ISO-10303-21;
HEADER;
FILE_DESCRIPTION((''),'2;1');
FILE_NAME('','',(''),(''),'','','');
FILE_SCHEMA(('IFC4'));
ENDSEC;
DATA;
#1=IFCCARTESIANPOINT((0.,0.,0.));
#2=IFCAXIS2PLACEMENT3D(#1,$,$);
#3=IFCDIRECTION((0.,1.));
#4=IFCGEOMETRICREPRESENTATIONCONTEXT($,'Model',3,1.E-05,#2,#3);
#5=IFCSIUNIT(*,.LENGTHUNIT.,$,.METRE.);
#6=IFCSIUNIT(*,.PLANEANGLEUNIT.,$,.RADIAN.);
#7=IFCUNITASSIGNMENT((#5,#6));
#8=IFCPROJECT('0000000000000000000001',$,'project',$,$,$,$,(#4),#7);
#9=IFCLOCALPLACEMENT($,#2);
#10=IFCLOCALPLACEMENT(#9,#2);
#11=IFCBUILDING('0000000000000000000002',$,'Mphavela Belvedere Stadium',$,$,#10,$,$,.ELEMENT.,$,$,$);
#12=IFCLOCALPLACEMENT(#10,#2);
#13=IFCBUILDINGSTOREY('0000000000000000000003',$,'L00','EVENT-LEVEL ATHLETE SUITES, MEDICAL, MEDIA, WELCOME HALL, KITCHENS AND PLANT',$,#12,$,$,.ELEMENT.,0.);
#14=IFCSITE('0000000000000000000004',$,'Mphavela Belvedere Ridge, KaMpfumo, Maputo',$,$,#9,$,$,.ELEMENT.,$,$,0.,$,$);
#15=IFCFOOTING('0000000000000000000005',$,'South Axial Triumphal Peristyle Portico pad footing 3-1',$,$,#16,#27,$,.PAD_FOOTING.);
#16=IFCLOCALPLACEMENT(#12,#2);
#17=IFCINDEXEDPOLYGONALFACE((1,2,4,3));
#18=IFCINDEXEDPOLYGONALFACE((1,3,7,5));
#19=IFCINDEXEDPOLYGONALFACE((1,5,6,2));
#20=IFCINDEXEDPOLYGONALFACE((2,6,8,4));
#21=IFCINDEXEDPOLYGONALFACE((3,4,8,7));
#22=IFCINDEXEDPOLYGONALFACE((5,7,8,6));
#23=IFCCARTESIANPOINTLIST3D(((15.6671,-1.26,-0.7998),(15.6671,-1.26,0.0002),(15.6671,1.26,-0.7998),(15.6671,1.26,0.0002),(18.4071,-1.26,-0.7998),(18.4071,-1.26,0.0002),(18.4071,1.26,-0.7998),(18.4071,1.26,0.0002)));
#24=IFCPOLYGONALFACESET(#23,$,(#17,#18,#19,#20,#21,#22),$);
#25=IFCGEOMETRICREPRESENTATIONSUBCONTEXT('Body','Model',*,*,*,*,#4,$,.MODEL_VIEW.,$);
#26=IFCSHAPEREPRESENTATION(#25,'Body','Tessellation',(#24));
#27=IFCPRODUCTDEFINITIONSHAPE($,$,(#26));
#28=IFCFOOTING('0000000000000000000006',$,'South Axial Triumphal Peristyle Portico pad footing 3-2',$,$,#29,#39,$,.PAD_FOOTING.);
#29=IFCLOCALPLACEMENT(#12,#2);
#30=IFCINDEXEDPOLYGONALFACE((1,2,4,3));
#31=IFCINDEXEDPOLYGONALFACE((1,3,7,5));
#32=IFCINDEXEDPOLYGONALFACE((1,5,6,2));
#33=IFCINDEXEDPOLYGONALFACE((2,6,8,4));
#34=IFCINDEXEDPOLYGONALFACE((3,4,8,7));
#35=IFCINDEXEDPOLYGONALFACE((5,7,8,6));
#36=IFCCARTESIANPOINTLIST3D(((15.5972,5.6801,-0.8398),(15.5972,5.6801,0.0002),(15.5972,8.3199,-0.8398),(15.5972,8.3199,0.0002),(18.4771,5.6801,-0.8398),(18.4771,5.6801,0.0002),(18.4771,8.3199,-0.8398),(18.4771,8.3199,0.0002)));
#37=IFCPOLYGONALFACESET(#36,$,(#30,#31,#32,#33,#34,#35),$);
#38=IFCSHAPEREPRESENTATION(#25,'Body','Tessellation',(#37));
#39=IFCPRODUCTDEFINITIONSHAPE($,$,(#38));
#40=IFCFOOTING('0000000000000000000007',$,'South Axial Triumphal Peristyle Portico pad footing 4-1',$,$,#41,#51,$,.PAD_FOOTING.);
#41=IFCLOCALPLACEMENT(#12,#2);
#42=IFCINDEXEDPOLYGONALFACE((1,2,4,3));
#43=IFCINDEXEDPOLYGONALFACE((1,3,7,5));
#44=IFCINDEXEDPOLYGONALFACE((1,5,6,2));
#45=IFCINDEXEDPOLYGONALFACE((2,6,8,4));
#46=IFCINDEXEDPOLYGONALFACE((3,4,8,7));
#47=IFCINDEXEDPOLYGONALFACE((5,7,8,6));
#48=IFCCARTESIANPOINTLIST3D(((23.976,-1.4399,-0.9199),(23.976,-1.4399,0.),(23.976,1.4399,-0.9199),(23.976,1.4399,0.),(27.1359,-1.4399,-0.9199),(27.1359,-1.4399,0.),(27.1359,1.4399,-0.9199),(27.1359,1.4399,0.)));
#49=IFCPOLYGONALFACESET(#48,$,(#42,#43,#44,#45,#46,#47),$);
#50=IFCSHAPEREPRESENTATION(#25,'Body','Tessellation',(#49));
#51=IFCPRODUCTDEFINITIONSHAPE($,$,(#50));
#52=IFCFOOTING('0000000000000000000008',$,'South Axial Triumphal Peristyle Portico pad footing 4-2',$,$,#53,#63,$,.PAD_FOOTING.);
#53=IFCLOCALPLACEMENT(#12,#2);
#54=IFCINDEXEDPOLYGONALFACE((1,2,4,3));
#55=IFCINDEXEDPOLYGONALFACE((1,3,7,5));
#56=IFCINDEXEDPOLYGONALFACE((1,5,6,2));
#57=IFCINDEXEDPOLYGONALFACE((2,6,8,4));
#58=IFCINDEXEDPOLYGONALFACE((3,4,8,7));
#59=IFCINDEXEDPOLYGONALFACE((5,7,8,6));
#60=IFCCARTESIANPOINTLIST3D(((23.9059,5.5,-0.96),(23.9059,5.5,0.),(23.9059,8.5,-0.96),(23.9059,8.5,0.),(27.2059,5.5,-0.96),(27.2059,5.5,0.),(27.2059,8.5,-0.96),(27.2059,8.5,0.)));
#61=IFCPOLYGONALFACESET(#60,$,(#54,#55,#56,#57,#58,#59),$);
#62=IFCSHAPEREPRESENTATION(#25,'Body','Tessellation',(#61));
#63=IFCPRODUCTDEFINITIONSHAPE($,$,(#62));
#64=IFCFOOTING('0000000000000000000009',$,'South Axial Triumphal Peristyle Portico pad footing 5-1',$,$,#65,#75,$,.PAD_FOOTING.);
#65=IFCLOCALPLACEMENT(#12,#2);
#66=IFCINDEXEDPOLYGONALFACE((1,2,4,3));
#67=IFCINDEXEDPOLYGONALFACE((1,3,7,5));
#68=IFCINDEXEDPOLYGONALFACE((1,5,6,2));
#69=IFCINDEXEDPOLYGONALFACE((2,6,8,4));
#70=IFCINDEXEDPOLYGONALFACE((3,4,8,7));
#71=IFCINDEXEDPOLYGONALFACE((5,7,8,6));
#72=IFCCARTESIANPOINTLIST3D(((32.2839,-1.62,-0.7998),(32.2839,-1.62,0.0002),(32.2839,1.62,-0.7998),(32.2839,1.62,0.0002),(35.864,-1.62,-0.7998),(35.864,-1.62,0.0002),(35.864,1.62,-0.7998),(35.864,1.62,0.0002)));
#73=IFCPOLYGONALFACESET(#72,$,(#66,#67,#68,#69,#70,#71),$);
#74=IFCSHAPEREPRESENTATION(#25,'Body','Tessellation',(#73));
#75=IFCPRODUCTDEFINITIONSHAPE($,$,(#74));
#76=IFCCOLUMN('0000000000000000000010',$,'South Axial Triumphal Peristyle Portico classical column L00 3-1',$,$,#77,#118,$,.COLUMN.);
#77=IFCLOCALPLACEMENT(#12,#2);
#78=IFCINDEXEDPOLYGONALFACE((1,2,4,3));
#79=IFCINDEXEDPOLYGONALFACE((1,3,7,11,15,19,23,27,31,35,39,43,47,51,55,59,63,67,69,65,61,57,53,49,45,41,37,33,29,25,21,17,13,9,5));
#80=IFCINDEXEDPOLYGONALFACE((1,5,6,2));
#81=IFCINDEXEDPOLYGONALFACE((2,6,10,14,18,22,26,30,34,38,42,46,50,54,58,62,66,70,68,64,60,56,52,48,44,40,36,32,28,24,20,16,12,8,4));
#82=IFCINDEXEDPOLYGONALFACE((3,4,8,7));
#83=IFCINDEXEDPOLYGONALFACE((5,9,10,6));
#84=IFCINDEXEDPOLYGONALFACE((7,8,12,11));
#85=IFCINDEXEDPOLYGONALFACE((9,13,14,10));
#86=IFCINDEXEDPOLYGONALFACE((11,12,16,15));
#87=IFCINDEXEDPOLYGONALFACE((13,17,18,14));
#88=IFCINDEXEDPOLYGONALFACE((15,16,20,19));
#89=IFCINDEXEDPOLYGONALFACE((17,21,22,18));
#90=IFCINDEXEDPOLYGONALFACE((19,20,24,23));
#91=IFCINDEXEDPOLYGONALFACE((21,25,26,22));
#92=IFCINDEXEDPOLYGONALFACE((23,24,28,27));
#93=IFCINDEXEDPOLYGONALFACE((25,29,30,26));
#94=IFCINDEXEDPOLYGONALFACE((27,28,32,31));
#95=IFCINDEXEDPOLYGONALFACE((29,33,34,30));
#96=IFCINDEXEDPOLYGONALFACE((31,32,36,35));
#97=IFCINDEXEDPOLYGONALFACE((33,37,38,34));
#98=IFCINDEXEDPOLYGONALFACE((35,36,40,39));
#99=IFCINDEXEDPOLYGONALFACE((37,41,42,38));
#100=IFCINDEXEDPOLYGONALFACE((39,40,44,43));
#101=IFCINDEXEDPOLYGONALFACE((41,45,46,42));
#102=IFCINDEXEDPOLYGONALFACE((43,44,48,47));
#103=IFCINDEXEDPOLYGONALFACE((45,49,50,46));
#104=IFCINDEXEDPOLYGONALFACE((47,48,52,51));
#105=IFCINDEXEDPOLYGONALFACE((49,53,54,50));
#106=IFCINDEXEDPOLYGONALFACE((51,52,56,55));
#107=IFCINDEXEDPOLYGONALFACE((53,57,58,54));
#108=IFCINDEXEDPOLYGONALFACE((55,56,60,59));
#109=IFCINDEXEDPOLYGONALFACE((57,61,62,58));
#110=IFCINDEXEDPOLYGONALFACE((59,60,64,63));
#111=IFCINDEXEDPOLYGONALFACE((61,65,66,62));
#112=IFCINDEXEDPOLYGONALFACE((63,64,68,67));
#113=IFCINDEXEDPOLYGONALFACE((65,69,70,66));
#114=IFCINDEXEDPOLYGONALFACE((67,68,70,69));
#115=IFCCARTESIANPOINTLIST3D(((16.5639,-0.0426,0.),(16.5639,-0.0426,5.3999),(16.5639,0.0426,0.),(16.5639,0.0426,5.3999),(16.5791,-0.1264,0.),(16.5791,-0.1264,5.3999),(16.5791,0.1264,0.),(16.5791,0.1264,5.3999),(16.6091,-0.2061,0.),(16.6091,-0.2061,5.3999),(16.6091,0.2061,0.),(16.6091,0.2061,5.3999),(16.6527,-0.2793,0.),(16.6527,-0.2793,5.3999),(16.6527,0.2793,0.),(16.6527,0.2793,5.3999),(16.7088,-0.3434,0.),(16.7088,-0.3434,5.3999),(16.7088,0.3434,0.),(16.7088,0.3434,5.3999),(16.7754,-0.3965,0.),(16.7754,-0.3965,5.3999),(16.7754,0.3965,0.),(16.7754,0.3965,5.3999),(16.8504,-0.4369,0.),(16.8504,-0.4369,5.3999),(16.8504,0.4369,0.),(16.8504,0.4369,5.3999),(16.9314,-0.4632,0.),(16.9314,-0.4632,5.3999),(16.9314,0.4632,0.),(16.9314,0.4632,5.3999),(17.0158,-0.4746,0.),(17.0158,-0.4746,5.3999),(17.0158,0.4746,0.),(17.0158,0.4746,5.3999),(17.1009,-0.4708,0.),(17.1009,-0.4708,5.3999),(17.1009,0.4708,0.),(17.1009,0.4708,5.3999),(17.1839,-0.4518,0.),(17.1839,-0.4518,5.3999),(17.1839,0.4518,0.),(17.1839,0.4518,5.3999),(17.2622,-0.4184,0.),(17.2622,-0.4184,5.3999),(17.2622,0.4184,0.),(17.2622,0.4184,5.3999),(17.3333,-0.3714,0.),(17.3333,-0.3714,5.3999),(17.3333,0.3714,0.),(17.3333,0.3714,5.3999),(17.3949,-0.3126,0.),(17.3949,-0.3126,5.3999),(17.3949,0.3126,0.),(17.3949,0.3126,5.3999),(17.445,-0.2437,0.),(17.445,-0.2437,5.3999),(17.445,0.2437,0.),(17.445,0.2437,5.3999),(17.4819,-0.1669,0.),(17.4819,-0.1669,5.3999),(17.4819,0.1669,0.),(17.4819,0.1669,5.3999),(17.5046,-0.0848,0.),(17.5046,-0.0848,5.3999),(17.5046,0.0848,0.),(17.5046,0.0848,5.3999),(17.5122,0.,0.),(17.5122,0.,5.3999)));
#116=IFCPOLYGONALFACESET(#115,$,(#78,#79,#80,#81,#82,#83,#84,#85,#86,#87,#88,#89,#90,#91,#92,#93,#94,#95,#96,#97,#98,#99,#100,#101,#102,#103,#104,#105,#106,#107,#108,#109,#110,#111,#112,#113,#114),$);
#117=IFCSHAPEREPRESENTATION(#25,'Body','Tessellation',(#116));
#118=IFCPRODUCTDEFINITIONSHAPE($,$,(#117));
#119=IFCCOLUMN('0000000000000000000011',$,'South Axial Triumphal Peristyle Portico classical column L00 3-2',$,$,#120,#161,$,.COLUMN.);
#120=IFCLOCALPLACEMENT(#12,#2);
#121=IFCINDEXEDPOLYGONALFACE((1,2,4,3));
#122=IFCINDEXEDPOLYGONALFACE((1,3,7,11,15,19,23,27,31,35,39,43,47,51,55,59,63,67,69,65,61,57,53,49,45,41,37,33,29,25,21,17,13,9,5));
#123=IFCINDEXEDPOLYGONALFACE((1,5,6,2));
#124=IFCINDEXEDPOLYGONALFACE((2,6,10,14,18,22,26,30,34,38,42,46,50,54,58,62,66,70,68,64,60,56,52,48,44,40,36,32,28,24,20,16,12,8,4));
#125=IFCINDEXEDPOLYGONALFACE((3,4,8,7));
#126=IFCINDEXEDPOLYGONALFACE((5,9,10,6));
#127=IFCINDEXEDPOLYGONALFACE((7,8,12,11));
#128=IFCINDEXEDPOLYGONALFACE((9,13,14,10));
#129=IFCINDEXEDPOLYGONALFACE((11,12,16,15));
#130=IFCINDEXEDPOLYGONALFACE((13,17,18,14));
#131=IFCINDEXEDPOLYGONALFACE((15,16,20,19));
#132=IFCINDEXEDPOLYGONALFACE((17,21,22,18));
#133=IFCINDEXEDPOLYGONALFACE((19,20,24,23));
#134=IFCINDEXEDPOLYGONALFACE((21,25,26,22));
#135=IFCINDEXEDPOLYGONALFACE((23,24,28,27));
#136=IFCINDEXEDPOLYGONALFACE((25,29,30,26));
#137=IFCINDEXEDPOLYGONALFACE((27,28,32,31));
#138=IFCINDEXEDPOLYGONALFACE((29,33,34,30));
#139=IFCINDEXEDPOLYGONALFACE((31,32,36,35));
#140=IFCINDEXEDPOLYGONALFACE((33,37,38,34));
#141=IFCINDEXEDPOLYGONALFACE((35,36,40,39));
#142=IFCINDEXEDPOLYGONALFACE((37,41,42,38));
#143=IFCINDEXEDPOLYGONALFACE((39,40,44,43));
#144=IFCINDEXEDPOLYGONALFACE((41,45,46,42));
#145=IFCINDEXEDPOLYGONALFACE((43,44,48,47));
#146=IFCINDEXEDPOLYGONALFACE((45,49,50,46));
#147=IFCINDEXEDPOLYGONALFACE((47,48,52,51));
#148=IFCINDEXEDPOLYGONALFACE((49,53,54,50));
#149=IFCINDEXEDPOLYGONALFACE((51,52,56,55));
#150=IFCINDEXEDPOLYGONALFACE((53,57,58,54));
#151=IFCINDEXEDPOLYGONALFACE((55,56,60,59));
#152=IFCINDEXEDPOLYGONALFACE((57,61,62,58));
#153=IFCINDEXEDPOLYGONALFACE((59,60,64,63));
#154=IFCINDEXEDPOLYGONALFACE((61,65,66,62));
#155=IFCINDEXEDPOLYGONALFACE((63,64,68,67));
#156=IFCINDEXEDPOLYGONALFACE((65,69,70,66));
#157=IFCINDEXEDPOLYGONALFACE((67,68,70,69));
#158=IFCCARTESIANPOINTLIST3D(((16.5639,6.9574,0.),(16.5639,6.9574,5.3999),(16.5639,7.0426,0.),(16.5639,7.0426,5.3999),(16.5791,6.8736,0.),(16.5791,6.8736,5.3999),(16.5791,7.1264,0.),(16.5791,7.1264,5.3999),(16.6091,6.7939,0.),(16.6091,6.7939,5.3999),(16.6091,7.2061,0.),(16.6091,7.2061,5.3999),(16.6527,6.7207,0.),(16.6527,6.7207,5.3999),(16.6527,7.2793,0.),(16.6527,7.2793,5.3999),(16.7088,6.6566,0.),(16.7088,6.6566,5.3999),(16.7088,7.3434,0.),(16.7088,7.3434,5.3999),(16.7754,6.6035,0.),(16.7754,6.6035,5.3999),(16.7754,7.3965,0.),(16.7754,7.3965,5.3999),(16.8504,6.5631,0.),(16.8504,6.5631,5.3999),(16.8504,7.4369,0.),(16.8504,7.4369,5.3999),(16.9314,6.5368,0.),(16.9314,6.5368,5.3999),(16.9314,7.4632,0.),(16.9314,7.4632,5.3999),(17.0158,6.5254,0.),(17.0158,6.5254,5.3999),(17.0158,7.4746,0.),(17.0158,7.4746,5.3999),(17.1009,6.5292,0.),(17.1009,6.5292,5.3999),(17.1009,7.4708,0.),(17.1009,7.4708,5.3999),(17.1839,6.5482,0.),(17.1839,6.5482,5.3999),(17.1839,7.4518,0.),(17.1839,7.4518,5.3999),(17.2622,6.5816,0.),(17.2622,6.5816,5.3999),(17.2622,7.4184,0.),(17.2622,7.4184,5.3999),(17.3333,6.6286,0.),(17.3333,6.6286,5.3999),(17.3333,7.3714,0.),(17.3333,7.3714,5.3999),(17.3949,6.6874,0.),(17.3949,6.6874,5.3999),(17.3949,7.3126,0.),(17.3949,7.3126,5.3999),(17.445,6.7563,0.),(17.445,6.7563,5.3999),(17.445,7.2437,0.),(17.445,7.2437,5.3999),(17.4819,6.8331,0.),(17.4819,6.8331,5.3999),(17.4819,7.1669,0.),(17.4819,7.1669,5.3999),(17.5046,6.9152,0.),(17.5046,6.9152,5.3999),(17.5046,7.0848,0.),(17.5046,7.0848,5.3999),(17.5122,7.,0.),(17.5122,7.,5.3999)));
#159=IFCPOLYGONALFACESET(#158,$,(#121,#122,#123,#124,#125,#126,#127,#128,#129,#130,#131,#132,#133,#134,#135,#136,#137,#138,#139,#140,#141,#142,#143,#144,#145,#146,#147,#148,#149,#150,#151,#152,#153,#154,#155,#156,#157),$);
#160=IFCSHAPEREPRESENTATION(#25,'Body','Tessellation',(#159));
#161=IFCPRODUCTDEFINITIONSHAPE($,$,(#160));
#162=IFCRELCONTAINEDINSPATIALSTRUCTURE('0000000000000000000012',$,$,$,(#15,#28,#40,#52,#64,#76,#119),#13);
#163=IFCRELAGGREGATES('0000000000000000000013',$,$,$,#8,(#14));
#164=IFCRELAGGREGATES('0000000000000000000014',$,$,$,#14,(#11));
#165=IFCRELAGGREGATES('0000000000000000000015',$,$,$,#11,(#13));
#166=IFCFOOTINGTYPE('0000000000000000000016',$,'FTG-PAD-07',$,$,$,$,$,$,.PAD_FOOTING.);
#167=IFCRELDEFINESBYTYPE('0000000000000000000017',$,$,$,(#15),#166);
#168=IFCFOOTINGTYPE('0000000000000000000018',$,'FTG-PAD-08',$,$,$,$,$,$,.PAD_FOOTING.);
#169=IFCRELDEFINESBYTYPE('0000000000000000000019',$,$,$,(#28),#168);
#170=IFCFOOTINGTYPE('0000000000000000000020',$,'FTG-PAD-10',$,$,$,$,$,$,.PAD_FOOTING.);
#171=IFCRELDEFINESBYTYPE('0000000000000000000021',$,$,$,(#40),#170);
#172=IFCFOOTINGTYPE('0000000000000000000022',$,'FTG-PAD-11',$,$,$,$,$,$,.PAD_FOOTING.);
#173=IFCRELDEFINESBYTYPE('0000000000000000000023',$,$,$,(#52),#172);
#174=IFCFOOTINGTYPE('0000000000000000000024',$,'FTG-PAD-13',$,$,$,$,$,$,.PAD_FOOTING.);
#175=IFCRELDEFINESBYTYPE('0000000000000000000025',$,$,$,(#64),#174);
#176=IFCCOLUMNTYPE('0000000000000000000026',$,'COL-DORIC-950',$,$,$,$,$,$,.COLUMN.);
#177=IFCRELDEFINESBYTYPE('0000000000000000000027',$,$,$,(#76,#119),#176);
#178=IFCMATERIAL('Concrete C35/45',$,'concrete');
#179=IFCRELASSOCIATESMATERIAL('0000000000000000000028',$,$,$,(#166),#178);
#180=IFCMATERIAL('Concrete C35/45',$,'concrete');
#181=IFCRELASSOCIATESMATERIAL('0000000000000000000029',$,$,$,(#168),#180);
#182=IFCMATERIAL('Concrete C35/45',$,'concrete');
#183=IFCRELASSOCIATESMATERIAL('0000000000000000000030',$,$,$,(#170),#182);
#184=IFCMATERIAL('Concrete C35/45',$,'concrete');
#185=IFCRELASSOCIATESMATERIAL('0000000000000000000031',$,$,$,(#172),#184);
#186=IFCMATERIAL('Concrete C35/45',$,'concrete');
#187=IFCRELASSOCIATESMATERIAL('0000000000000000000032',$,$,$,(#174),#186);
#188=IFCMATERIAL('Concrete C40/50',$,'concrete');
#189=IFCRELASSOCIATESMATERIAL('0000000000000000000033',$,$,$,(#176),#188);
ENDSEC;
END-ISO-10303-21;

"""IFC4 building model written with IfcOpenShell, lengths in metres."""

from ifc_helpers import new_model, si_unit, direction, frame, origin, origin_2d, place, context, subcontext, project, spatial, rectangle, circle, extrude, material, material_profile, profile_set, type_object, element, save


model = new_model("IFC4")

# Units and contexts
model_context = context("Model", 3, precision=1e-05, world=origin(), true_north=direction((0.0, 1.0)))
body_context = subcontext(model_context, "Body", "Model", "MODEL_VIEW")
ifc_project = project(units=[si_unit("LENGTHUNIT", "METRE"), si_unit("PLANEANGLEUNIT", "RADIAN")], contexts=[model_context])

# Site, building, storey
site_placement = place(None, origin())
site = spatial("IfcSite", under=ifc_project, at=site_placement, Name="Mphavela Belvedere Ridge, KaMpfumo, Maputo", CompositionType="ELEMENT", RefElevation=0.0)
building_placement = place(site_placement, origin())
building = spatial("IfcBuilding", under=site, at=building_placement, Name="Mphavela Belvedere Stadium", CompositionType="ELEMENT")
storey_placement = place(building_placement, origin())
storey = spatial("IfcBuildingStorey", under=building, at=storey_placement, Name="L00", Description="EVENT-LEVEL ATHLETE SUITES, MEDICAL, MEDIA, WELCOME HALL, KITCHENS AND PLANT", CompositionType="ELEMENT", Elevation=0.0)

# Footings
ifc_material_1 = material(Name="Concrete C35/45", Category="concrete")
footing_type_1 = type_object("IfcFootingType", Name="FTG-PAD-07", PredefinedType="PAD_FOOTING", material=ifc_material_1)
footing_1_placement = place(storey_placement, frame((17.0371, 0.0, -0.7998), z_axis=(0.0, 0.0, 1.0), x_axis=(1.0, 0.0, 0.0)))
element("IfcFooting", 1, at=footing_1_placement, inside=storey, type_object=footing_type_1, Name="South Axial Triumphal Peristyle Portico pad footing 3-1", PredefinedType="PAD_FOOTING", context=body_context, shape_type="SweptSolid", body=[
    extrude(rectangle(XDim=2.74, YDim=2.52, at=origin_2d()), origin(), (0.0, 0.0, 1.0), 0.8),
])
ifc_material_2 = material(Name="Concrete C35/45", Category="concrete")
footing_type_2 = type_object("IfcFootingType", Name="FTG-PAD-08", PredefinedType="PAD_FOOTING", material=ifc_material_2)
footing_2_placement = place(storey_placement, frame((17.0371, 7.0, -0.8398), z_axis=(0.0, 0.0, 1.0), x_axis=(1.0, 0.0, 0.0)))
element("IfcFooting", 2, at=footing_2_placement, inside=storey, type_object=footing_type_2, Name="South Axial Triumphal Peristyle Portico pad footing 3-2", PredefinedType="PAD_FOOTING", context=body_context, shape_type="SweptSolid", body=[
    extrude(rectangle(XDim=2.8799, YDim=2.6399, at=origin_2d()), origin(), (0.0, 0.0, 1.0), 0.8401),
])
ifc_material_3 = material(Name="Concrete C35/45", Category="concrete")
footing_type_3 = type_object("IfcFootingType", Name="FTG-PAD-10", PredefinedType="PAD_FOOTING", material=ifc_material_3)
footing_3_placement = place(storey_placement, frame((25.5559, 0.0, -0.9199), z_axis=(0.0, 0.0, 1.0), x_axis=(1.0, 0.0, 0.0)))
element("IfcFooting", 3, at=footing_3_placement, inside=storey, type_object=footing_type_3, Name="South Axial Triumphal Peristyle Portico pad footing 4-1", PredefinedType="PAD_FOOTING", context=body_context, shape_type="SweptSolid", body=[
    extrude(rectangle(XDim=3.1599, YDim=2.8799, at=origin_2d()), origin(), (0.0, 0.0, 1.0), 0.9199),
])
ifc_material_4 = material(Name="Concrete C35/45", Category="concrete")
footing_type_4 = type_object("IfcFootingType", Name="FTG-PAD-11", PredefinedType="PAD_FOOTING", material=ifc_material_4)
footing_4_placement = place(storey_placement, frame((25.5559, 7.0, -0.96), z_axis=(0.0, 0.0, 1.0), x_axis=(1.0, 0.0, 0.0)))
element("IfcFooting", 4, at=footing_4_placement, inside=storey, type_object=footing_type_4, Name="South Axial Triumphal Peristyle Portico pad footing 4-2", PredefinedType="PAD_FOOTING", context=body_context, shape_type="SweptSolid", body=[
    extrude(rectangle(XDim=3.3, YDim=3.0, at=origin_2d()), origin(), (0.0, 0.0, 1.0), 0.96),
])
ifc_material_5 = material(Name="Concrete C35/45", Category="concrete")
footing_type_5 = type_object("IfcFootingType", Name="FTG-PAD-13", PredefinedType="PAD_FOOTING", material=ifc_material_5)
footing_5_placement = place(storey_placement, frame((34.074, 0.0, -0.7998), z_axis=(0.0, 0.0, 1.0), x_axis=(1.0, 0.0, 0.0)))
element("IfcFooting", 5, at=footing_5_placement, inside=storey, type_object=footing_type_5, Name="South Axial Triumphal Peristyle Portico pad footing 5-1", PredefinedType="PAD_FOOTING", context=body_context, shape_type="SweptSolid", body=[
    extrude(rectangle(XDim=3.5801, YDim=3.24, at=origin_2d()), origin(), (0.0, 0.0, 1.0), 0.8),
])

# Columns
ifc_material_6 = material(Name="Concrete C40/50", Category="concrete")
ifc_material_profile_1 = material_profile(ifc_material_6, circle(Radius=0.4751, at=origin_2d()), Name="COL D950")
ifc_profile_set_1 = profile_set([ifc_material_profile_1], Name="Concrete C40/50")
column_type = type_object("IfcColumnType", Name="COL-DORIC-950", PredefinedType="COLUMN", material=ifc_profile_set_1)
for number, where, z_axis, x_axis, name in (
    (6, (17.0371, 0.0, 0.0), (0.0, 0.0, 1.0), (1.0, 0.0, 0.0), "South Axial Triumphal Peristyle Portico classical column L00 3-1"),
    (7, (17.0371, 7.0, 0.0), (0.0, 0.0, 1.0), (1.0, 0.0, 0.0), "South Axial Triumphal Peristyle Portico classical column L00 3-2"),
):
    element("IfcColumn", number, at=place(storey_placement, frame(where, z_axis=z_axis, x_axis=x_axis)), inside=storey, type_object=column_type, Name=name, PredefinedType="COLUMN", context=body_context, shape_type="SweptSolid", body=[
        extrude(circle(Radius=0.4751, at=origin_2d()), origin(), (0.0, 0.0, 1.0), 5.3999),
    ])

save(model, "model.ifc")
